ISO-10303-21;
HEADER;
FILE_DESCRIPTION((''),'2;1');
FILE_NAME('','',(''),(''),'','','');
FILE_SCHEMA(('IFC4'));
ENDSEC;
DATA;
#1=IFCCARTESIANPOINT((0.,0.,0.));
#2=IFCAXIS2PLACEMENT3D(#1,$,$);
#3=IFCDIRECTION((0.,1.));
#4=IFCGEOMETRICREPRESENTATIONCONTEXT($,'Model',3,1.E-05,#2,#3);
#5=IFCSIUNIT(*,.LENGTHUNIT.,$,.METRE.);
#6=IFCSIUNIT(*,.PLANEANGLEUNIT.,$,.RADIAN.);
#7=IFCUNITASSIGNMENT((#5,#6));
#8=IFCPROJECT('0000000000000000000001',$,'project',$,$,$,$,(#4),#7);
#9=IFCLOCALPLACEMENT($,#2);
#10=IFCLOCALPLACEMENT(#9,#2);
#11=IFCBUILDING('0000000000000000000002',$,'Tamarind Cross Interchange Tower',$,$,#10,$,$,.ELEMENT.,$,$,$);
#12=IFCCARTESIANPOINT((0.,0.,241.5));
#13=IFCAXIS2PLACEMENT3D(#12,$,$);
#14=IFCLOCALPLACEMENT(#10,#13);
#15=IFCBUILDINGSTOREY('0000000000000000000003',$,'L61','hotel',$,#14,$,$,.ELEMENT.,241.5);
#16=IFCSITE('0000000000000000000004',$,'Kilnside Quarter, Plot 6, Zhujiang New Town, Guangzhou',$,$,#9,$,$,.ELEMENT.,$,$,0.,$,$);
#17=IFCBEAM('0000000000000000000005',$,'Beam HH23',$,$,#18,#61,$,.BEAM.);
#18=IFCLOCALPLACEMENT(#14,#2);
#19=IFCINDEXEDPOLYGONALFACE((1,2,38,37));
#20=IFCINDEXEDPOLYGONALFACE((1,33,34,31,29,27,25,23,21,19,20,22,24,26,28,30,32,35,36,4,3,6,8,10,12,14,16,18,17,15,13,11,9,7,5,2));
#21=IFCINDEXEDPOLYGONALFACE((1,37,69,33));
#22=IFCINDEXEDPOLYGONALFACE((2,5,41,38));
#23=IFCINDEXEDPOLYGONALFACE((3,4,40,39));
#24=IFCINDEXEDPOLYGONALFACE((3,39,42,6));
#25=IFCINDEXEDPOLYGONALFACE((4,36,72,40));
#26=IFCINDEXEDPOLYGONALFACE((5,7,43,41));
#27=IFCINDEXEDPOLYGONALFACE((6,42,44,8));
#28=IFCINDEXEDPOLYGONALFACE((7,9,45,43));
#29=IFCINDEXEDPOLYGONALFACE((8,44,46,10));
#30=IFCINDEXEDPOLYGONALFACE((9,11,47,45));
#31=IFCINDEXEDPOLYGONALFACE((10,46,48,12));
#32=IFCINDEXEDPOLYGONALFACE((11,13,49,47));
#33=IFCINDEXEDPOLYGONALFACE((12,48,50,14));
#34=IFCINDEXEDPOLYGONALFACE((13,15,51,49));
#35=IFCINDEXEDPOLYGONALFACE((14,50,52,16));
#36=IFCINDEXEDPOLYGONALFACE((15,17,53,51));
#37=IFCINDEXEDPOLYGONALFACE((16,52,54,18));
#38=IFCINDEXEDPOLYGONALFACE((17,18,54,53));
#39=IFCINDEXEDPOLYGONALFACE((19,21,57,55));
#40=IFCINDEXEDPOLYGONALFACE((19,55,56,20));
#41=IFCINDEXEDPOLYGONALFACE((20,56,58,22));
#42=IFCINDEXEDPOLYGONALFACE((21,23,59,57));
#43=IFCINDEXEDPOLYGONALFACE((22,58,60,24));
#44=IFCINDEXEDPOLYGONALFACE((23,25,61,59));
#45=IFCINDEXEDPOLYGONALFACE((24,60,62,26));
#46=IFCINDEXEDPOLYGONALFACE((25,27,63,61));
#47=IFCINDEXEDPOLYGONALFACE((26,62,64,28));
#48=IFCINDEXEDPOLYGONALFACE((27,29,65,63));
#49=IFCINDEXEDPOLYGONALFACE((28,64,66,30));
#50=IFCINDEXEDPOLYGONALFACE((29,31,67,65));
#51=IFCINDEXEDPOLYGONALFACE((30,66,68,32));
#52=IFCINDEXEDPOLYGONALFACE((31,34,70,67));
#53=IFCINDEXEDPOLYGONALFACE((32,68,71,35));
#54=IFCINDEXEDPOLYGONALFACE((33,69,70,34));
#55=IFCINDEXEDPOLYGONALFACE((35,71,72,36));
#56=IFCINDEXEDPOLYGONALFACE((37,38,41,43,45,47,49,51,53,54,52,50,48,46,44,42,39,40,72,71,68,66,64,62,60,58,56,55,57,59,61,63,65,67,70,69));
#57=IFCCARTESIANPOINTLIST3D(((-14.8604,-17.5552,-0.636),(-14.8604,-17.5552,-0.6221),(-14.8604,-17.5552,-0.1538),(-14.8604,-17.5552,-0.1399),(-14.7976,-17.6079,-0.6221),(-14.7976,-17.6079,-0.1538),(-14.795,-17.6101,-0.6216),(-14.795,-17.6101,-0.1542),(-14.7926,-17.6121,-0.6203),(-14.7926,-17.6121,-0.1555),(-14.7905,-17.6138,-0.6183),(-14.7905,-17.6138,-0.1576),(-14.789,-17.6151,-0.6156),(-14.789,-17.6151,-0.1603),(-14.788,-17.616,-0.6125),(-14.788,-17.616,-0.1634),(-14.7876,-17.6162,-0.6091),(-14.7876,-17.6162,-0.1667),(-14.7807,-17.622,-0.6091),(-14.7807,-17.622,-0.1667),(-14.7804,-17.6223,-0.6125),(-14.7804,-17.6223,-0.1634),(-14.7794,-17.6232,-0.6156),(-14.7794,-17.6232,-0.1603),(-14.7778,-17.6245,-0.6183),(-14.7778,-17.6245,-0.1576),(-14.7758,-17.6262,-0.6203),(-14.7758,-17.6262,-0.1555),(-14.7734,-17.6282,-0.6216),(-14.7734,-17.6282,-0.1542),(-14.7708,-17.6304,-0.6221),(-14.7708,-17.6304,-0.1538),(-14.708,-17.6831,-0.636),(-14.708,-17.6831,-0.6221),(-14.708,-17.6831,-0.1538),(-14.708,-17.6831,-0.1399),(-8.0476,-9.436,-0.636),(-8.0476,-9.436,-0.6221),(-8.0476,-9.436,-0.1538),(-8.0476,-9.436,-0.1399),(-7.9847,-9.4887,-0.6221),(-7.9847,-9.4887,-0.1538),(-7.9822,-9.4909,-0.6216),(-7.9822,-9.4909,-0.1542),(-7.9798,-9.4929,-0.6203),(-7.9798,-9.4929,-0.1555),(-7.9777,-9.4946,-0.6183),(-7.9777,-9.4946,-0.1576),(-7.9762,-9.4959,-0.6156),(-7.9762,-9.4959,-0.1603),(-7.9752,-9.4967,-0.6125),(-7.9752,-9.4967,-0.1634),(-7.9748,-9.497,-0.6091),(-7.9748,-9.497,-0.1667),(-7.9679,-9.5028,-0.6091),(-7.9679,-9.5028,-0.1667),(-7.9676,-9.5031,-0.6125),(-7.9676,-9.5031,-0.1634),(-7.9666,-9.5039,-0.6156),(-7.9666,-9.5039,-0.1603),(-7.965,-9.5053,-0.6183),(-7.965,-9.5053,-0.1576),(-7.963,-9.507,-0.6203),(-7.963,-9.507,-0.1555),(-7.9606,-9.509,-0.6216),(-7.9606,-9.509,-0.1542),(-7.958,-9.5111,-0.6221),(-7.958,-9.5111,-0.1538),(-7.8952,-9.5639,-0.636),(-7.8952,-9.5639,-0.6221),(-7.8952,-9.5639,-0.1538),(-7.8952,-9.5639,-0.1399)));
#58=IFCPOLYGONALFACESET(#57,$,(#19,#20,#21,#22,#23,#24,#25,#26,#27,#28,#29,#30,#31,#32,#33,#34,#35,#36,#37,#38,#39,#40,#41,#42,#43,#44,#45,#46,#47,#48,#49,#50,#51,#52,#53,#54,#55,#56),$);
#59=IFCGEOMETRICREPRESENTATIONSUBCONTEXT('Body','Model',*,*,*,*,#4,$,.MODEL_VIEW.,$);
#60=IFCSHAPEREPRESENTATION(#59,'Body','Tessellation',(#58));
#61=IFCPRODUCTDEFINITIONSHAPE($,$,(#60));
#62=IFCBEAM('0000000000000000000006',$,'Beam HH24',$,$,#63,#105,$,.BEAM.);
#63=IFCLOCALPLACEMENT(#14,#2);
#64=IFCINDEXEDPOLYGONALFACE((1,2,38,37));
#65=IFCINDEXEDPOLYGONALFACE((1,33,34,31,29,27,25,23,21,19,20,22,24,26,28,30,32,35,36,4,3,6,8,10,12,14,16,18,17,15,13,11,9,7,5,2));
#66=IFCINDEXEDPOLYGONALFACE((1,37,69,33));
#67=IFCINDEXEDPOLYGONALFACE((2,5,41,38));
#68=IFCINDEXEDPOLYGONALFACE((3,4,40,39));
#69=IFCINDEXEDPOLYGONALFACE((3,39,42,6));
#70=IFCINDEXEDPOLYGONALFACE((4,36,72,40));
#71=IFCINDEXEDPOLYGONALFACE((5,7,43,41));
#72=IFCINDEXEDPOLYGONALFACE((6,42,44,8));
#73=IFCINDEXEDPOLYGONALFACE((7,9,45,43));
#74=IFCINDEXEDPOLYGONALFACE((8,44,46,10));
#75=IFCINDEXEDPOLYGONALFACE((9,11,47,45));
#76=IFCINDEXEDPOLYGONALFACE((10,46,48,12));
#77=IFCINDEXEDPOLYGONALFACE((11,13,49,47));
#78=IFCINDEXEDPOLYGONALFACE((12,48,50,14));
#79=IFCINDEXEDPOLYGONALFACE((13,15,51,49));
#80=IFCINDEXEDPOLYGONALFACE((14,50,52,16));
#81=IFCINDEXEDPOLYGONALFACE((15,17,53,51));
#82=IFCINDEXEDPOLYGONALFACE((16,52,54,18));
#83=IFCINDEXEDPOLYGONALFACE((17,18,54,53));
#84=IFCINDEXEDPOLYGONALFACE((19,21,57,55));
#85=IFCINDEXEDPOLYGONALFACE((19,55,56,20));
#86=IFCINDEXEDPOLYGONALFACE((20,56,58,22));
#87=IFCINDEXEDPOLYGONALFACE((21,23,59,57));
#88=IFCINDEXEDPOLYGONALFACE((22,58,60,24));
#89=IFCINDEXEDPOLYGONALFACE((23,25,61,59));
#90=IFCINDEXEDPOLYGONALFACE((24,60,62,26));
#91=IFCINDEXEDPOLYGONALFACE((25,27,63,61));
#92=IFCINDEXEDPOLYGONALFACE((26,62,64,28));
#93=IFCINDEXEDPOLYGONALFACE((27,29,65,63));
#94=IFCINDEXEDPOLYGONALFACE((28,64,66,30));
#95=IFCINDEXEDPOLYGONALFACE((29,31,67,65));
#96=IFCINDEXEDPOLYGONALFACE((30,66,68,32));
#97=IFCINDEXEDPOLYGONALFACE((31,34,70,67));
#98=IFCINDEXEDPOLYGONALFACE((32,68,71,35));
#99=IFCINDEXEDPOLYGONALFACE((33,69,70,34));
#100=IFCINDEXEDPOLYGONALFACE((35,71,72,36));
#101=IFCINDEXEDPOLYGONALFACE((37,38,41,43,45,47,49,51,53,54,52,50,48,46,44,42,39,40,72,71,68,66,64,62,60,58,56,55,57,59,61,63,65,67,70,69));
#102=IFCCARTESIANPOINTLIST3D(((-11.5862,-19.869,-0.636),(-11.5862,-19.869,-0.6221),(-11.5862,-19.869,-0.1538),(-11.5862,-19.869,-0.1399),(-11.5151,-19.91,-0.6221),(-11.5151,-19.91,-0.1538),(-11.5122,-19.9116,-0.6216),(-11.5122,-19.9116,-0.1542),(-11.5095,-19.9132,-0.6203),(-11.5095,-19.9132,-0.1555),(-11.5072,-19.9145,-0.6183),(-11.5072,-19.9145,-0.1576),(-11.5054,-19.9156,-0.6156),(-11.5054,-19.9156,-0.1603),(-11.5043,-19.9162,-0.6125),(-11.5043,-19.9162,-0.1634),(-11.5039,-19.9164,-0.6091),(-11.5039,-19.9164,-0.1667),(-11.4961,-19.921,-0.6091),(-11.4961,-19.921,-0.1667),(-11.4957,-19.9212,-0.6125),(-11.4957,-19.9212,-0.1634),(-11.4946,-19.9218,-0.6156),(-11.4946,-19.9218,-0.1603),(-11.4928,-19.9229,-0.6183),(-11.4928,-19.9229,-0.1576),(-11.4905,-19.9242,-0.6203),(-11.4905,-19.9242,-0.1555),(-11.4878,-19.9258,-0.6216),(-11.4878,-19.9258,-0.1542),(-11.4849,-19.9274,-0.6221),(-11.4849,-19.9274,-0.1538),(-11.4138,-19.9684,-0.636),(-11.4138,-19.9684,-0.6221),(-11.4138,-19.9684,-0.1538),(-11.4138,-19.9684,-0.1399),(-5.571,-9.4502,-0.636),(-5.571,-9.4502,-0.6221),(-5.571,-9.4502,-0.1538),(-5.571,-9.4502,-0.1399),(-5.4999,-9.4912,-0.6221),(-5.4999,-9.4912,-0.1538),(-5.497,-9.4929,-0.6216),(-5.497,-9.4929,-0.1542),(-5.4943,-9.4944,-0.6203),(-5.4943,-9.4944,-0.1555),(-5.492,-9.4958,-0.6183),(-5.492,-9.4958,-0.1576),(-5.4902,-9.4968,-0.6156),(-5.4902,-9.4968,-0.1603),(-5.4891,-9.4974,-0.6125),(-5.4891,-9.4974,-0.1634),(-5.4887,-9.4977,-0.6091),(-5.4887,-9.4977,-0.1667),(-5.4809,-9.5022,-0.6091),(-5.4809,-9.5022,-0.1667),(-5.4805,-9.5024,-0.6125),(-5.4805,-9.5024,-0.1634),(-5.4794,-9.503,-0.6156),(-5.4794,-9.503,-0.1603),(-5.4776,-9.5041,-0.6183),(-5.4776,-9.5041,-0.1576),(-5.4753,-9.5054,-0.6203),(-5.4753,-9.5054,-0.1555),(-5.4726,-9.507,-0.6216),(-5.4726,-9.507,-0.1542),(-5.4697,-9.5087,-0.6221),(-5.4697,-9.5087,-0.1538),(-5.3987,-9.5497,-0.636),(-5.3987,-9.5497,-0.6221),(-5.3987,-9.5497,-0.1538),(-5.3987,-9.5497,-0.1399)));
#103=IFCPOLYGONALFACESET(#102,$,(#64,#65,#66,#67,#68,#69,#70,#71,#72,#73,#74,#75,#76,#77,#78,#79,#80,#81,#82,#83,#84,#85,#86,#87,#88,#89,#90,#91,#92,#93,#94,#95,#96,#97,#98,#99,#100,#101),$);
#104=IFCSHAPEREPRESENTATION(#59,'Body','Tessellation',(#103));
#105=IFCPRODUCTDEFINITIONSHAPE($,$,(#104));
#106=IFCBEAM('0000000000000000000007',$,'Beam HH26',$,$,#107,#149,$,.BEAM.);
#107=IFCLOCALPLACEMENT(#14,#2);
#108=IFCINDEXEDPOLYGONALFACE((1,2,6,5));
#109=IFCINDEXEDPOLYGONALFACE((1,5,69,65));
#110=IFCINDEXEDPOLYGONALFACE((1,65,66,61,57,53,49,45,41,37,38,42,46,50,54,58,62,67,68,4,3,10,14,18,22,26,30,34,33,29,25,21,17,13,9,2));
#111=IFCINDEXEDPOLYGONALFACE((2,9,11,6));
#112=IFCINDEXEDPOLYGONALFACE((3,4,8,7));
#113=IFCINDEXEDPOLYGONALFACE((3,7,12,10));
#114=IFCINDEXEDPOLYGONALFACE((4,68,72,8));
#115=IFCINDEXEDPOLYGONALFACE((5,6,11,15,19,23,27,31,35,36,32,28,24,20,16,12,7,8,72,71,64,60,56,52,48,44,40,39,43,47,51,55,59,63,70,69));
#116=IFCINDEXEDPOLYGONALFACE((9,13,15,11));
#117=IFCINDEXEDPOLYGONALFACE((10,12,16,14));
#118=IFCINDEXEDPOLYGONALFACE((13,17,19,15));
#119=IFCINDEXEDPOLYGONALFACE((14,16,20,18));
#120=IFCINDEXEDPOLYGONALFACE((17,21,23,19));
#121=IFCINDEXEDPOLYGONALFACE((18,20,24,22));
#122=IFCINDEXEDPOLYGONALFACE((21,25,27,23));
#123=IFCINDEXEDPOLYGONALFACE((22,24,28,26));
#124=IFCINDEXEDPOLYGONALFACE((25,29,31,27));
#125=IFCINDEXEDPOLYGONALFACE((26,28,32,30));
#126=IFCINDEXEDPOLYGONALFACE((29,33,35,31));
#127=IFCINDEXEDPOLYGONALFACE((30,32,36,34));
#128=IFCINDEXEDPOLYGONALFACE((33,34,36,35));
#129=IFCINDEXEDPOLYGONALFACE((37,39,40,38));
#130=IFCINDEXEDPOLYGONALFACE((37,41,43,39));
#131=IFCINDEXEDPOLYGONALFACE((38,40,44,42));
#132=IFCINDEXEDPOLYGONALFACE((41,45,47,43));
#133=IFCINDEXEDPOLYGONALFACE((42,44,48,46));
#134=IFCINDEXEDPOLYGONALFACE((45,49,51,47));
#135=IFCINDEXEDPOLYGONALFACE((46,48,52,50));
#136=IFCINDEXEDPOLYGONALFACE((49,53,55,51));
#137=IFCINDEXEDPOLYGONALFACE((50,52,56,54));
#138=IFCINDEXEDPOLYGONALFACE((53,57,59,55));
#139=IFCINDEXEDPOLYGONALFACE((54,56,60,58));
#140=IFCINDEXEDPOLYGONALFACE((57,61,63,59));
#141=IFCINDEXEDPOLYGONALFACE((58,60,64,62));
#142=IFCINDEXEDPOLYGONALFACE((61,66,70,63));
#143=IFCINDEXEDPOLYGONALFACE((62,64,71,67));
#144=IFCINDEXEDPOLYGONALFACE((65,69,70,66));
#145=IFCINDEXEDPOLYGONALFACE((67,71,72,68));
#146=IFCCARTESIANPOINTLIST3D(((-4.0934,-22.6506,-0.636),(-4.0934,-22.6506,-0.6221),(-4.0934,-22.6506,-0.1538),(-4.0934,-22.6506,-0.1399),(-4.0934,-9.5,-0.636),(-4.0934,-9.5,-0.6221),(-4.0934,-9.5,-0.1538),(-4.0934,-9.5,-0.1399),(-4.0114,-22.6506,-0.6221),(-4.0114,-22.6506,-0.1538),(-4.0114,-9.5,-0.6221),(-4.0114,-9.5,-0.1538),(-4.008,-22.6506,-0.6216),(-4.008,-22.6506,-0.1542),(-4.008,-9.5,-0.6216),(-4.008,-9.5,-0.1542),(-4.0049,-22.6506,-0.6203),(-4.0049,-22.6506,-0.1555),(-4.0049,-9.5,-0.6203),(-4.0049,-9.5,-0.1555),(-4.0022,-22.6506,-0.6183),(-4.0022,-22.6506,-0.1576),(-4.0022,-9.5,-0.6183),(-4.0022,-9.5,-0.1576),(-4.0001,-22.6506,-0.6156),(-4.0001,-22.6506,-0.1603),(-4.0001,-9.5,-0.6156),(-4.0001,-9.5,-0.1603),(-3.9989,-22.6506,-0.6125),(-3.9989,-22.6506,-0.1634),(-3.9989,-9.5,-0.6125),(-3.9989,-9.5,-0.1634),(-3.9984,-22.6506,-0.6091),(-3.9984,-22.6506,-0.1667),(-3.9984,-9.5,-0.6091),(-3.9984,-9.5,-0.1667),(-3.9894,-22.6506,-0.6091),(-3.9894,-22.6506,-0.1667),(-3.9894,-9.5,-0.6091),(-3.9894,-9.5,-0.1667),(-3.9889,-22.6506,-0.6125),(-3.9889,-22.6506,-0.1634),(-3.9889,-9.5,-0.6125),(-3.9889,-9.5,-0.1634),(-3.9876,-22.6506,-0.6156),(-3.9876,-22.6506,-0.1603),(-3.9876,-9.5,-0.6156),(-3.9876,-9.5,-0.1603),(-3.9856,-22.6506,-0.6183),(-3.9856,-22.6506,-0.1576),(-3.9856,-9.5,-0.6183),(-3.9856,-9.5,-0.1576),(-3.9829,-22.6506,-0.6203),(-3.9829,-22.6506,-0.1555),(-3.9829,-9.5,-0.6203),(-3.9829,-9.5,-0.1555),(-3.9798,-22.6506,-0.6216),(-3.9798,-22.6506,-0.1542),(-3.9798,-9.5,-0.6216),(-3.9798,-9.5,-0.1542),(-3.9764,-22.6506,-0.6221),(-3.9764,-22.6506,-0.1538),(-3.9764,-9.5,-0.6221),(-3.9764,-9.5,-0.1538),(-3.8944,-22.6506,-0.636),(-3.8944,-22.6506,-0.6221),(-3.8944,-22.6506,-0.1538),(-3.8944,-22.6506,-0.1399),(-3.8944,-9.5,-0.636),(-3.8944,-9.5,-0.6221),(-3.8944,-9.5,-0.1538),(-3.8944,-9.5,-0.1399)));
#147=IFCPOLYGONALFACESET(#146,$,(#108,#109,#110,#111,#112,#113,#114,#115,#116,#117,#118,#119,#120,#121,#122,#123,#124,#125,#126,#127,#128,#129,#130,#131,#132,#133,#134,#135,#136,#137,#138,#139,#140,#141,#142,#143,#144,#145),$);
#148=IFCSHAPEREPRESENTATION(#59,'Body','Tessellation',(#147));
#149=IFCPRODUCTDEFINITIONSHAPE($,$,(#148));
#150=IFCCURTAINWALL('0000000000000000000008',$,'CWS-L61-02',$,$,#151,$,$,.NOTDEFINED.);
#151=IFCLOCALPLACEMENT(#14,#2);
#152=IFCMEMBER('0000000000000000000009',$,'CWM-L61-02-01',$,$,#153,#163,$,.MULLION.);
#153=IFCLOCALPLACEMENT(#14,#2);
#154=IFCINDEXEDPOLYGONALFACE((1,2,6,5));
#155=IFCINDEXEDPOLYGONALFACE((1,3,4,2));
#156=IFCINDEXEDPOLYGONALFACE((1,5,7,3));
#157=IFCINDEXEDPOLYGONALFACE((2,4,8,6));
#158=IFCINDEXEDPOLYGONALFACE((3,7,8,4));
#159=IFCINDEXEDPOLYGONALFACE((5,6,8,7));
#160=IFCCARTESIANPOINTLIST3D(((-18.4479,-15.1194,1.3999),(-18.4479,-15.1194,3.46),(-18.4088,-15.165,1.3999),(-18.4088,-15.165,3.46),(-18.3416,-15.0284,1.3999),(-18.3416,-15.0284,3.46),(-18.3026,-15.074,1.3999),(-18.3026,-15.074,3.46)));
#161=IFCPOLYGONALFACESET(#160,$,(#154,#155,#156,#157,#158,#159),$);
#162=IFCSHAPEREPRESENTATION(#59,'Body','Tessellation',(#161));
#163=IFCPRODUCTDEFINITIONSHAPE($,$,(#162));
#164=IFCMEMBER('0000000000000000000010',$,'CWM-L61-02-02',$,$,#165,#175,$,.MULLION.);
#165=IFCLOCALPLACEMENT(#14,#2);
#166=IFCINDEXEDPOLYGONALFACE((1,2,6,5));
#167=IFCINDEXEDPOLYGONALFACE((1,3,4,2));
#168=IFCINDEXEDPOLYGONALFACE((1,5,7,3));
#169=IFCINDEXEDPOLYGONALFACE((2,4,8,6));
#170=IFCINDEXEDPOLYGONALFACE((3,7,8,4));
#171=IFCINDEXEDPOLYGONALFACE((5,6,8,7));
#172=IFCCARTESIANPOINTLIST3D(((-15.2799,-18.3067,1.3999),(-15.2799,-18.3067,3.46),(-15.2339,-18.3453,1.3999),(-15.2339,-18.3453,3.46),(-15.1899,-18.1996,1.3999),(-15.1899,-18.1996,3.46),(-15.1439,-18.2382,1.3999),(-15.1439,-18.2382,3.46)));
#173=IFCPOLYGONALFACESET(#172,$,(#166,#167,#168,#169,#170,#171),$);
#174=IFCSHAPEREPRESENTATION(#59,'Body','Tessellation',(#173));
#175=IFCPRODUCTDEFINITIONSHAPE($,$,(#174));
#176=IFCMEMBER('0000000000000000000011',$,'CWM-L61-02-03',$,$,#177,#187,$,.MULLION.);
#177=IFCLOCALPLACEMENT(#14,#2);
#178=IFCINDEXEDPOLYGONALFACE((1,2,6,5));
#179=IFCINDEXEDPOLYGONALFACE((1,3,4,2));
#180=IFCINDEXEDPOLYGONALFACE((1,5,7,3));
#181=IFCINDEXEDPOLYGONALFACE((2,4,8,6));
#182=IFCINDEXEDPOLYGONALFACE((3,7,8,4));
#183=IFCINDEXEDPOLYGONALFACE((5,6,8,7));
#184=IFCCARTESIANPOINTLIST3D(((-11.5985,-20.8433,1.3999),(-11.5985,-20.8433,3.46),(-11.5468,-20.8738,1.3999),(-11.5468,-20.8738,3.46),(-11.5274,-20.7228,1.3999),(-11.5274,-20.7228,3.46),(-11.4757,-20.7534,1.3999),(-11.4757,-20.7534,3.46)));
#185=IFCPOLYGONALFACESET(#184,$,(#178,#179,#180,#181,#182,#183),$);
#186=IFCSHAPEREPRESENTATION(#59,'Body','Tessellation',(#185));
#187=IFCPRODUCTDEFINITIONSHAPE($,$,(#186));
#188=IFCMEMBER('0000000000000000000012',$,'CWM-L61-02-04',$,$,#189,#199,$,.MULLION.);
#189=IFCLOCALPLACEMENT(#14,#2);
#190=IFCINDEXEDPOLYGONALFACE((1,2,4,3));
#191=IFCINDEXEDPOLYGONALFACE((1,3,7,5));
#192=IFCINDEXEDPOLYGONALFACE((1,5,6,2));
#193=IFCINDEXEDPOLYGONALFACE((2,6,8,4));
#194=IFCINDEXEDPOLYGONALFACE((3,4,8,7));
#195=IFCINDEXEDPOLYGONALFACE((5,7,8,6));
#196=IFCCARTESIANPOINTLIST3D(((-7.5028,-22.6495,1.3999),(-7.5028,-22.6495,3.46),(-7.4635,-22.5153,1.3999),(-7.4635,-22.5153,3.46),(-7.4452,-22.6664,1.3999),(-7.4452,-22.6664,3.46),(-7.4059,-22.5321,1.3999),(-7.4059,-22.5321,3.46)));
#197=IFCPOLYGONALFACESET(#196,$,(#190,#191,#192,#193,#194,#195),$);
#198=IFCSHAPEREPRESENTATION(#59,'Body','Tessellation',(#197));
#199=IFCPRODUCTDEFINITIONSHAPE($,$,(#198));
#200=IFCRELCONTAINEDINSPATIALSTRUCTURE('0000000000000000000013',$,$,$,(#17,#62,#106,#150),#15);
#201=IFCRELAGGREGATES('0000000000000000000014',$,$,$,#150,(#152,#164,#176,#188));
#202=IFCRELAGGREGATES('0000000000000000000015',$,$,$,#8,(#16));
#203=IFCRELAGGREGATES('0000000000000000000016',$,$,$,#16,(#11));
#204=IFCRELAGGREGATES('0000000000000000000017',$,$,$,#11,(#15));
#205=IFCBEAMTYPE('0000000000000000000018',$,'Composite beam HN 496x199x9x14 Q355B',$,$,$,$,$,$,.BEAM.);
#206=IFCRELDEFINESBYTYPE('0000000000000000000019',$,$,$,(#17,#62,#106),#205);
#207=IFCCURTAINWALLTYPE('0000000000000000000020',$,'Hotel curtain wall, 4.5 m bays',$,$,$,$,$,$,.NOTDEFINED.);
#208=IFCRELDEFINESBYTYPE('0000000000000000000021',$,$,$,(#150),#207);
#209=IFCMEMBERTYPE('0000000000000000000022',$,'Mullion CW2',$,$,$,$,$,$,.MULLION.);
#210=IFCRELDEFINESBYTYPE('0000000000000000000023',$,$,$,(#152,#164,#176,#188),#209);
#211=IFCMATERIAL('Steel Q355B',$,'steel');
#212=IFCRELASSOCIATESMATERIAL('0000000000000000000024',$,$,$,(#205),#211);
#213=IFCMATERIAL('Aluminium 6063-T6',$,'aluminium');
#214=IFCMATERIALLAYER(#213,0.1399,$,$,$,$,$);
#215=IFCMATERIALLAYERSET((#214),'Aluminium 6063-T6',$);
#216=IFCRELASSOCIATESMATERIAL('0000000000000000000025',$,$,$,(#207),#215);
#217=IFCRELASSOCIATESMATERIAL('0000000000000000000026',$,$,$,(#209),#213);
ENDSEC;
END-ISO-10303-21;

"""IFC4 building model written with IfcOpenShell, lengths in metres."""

from ifc_helpers import new_model, si_unit, direction, frame, origin, origin_2d, place, context, subcontext, project, spatial, rectangle, i_section, extrude, material, layer, layer_set, material_profile, profile_set, type_object, element, aggregate, save


model = new_model("IFC4")

# Units and contexts
model_context = context("Model", 3, precision=1e-05, world=origin(), true_north=direction((0.0, 1.0)))
body_context = subcontext(model_context, "Body", "Model", "MODEL_VIEW")
ifc_project = project(units=[si_unit("LENGTHUNIT", "METRE"), si_unit("PLANEANGLEUNIT", "RADIAN")], contexts=[model_context])

# Site, building, storey
site_placement = place(None, origin())
site = spatial("IfcSite", under=ifc_project, at=site_placement, Name="Kilnside Quarter, Plot 6, Zhujiang New Town, Guangzhou", CompositionType="ELEMENT", RefElevation=0.0)
building_placement = place(site_placement, origin())
building = spatial("IfcBuilding", under=site, at=building_placement, Name="Tamarind Cross Interchange Tower", CompositionType="ELEMENT")
storey_placement = place(building_placement, frame((0.0, 0.0, 241.5)))
storey = spatial("IfcBuildingStorey", under=building, at=storey_placement, Name="L61", Description="hotel", CompositionType="ELEMENT", Elevation=241.5)

# Beams
ifc_material_1 = material(Name="Steel Q355B", Category="steel")
ifc_material_profile_1 = material_profile(ifc_material_1, i_section(OverallWidth=0.199, OverallDepth=0.4961, WebThickness=0.009, FlangeThickness=0.0139, FilletRadius=0.0129, at=origin_2d()), Name="HN 496x199x9x14")
ifc_profile_set_1 = profile_set([ifc_material_profile_1], Name="Steel Q355B")
beam_type = type_object("IfcBeamType", Name="Composite beam HN 496x199x9x14 Q355B", PredefinedType="BEAM", material=ifc_profile_set_1)
beam_1_placement = place(storey_placement, frame((-14.7842, -17.6191, -0.3879), z_axis=(0.642786, 0.766046, 0.0), x_axis=(-0.766046, 0.642786, 0.0)))
element("IfcBeam", 1, at=beam_1_placement, inside=storey, type_object=beam_type, Name="Beam HH23", PredefinedType="BEAM", context=body_context, shape_type="SweptSolid", body=[
    extrude(i_section(OverallWidth=0.199, OverallDepth=0.4961, WebThickness=0.009, FlangeThickness=0.0139, FilletRadius=0.0129, at=origin_2d()), origin(), (0.0, 0.0, 1.0), 10.5989),
])
beam_2_placement = place(storey_placement, frame((-11.5, -19.9187, -0.3879), z_axis=(0.499994, 0.866029, 0.0), x_axis=(-0.866029, 0.499994, 0.0)))
element("IfcBeam", 2, at=beam_2_placement, inside=storey, type_object=beam_type, Name="Beam HH24", PredefinedType="BEAM", context=body_context, shape_type="SweptSolid", body=[
    extrude(i_section(OverallWidth=0.199, OverallDepth=0.4961, WebThickness=0.009, FlangeThickness=0.0139, FilletRadius=0.0129, at=origin_2d()), origin(), (0.0, 0.0, 1.0), 12.0305),
])
beam_3_placement = place(storey_placement, frame((-3.9939, -22.6506, -0.3879), z_axis=(0.0, 1.0, 0.0), x_axis=(-1.0, 0.0, 0.0)))
element("IfcBeam", 3, at=beam_3_placement, inside=storey, type_object=beam_type, Name="Beam HH26", PredefinedType="BEAM", context=body_context, shape_type="SweptSolid", body=[
    extrude(i_section(OverallWidth=0.199, OverallDepth=0.4961, WebThickness=0.009, FlangeThickness=0.0139, FilletRadius=0.0129, at=origin_2d()), origin(), (0.0, 0.0, 1.0), 13.1506),
])

# Curtain wall, members
ifc_material_2 = material(Name="Aluminium 6063-T6", Category="aluminium")
ifc_layer_1 = layer(ifc_material_2, 0.1399)
ifc_layer_set_1 = layer_set([ifc_layer_1], Name="Aluminium 6063-T6")
curtain_wall_type = type_object("IfcCurtainWallType", Name="Hotel curtain wall, 4.5 m bays", PredefinedType="NOTDEFINED", material=ifc_layer_set_1)
curtain_wall_placement = place(storey_placement, origin())
curtain_wall = element("IfcCurtainWall", 4, at=curtain_wall_placement, inside=storey, type_object=curtain_wall_type, Name="CWS-L61-02", PredefinedType="NOTDEFINED")
ifc_material_profile_2 = material_profile(ifc_material_2, rectangle(XDim=0.0601, YDim=0.1399, at=origin_2d()), Name="Mullion CW2")
ifc_profile_set_2 = profile_set([ifc_material_profile_2], Name="Aluminium 6063-T6")
member_type = type_object("IfcMemberType", Name="Mullion CW2", PredefinedType="MULLION", material=ifc_profile_set_2)
member_1_placement = place(storey_placement, frame((-18.3752, -15.0967, 1.3999), z_axis=(0.0, 0.0, 1.0), x_axis=(0.65043, -0.759566, 0.0)))
member_1 = element("IfcMember", 5, at=member_1_placement, type_object=member_type, Name="CWM-L61-02-01", PredefinedType="MULLION", context=body_context, shape_type="SweptSolid", body=[
    extrude(rectangle(XDim=0.0601, YDim=0.1399, at=origin_2d()), origin(), (0.0, 0.0, 1.0), 2.0601),
])
member_2_placement = place(storey_placement, frame((-15.2119, -18.2725, 1.3999), z_axis=(0.0, 0.0, 1.0), x_axis=(0.765858, -0.643009, 0.0)))
member_2 = element("IfcMember", 6, at=member_2_placement, type_object=member_type, Name="CWM-L61-02-02", PredefinedType="MULLION", context=body_context, shape_type="SweptSolid", body=[
    extrude(rectangle(XDim=0.0601, YDim=0.1399, at=origin_2d()), origin(), (0.0, 0.0, 1.0), 2.0601),
])
member_3_placement = place(storey_placement, frame((-11.5371, -20.7983, 1.3999), z_axis=(0.0, 0.0, 1.0), x_axis=(0.861249, -0.508183, 0.0)))
member_3 = element("IfcMember", 7, at=member_3_placement, type_object=member_type, Name="CWM-L61-02-03", PredefinedType="MULLION", context=body_context, shape_type="SweptSolid", body=[
    extrude(rectangle(XDim=0.0601, YDim=0.1399, at=origin_2d()), origin(), (0.0, 0.0, 1.0), 2.0601),
])
member_4_placement = place(storey_placement, frame((-7.4543, -22.5908, 1.3999), z_axis=(0.0, 0.0, 1.0), x_axis=(0.959647, -0.281209, 0.0)))
member_4 = element("IfcMember", 8, at=member_4_placement, type_object=member_type, Name="CWM-L61-02-04", PredefinedType="MULLION", context=body_context, shape_type="SweptSolid", body=[
    extrude(rectangle(XDim=0.0601, YDim=0.1399, at=origin_2d()), origin(), (0.0, 0.0, 1.0), 2.0601),
])
aggregate(curtain_wall, [member_1, member_2, member_3, member_4])

save(model, "model.ifc")
